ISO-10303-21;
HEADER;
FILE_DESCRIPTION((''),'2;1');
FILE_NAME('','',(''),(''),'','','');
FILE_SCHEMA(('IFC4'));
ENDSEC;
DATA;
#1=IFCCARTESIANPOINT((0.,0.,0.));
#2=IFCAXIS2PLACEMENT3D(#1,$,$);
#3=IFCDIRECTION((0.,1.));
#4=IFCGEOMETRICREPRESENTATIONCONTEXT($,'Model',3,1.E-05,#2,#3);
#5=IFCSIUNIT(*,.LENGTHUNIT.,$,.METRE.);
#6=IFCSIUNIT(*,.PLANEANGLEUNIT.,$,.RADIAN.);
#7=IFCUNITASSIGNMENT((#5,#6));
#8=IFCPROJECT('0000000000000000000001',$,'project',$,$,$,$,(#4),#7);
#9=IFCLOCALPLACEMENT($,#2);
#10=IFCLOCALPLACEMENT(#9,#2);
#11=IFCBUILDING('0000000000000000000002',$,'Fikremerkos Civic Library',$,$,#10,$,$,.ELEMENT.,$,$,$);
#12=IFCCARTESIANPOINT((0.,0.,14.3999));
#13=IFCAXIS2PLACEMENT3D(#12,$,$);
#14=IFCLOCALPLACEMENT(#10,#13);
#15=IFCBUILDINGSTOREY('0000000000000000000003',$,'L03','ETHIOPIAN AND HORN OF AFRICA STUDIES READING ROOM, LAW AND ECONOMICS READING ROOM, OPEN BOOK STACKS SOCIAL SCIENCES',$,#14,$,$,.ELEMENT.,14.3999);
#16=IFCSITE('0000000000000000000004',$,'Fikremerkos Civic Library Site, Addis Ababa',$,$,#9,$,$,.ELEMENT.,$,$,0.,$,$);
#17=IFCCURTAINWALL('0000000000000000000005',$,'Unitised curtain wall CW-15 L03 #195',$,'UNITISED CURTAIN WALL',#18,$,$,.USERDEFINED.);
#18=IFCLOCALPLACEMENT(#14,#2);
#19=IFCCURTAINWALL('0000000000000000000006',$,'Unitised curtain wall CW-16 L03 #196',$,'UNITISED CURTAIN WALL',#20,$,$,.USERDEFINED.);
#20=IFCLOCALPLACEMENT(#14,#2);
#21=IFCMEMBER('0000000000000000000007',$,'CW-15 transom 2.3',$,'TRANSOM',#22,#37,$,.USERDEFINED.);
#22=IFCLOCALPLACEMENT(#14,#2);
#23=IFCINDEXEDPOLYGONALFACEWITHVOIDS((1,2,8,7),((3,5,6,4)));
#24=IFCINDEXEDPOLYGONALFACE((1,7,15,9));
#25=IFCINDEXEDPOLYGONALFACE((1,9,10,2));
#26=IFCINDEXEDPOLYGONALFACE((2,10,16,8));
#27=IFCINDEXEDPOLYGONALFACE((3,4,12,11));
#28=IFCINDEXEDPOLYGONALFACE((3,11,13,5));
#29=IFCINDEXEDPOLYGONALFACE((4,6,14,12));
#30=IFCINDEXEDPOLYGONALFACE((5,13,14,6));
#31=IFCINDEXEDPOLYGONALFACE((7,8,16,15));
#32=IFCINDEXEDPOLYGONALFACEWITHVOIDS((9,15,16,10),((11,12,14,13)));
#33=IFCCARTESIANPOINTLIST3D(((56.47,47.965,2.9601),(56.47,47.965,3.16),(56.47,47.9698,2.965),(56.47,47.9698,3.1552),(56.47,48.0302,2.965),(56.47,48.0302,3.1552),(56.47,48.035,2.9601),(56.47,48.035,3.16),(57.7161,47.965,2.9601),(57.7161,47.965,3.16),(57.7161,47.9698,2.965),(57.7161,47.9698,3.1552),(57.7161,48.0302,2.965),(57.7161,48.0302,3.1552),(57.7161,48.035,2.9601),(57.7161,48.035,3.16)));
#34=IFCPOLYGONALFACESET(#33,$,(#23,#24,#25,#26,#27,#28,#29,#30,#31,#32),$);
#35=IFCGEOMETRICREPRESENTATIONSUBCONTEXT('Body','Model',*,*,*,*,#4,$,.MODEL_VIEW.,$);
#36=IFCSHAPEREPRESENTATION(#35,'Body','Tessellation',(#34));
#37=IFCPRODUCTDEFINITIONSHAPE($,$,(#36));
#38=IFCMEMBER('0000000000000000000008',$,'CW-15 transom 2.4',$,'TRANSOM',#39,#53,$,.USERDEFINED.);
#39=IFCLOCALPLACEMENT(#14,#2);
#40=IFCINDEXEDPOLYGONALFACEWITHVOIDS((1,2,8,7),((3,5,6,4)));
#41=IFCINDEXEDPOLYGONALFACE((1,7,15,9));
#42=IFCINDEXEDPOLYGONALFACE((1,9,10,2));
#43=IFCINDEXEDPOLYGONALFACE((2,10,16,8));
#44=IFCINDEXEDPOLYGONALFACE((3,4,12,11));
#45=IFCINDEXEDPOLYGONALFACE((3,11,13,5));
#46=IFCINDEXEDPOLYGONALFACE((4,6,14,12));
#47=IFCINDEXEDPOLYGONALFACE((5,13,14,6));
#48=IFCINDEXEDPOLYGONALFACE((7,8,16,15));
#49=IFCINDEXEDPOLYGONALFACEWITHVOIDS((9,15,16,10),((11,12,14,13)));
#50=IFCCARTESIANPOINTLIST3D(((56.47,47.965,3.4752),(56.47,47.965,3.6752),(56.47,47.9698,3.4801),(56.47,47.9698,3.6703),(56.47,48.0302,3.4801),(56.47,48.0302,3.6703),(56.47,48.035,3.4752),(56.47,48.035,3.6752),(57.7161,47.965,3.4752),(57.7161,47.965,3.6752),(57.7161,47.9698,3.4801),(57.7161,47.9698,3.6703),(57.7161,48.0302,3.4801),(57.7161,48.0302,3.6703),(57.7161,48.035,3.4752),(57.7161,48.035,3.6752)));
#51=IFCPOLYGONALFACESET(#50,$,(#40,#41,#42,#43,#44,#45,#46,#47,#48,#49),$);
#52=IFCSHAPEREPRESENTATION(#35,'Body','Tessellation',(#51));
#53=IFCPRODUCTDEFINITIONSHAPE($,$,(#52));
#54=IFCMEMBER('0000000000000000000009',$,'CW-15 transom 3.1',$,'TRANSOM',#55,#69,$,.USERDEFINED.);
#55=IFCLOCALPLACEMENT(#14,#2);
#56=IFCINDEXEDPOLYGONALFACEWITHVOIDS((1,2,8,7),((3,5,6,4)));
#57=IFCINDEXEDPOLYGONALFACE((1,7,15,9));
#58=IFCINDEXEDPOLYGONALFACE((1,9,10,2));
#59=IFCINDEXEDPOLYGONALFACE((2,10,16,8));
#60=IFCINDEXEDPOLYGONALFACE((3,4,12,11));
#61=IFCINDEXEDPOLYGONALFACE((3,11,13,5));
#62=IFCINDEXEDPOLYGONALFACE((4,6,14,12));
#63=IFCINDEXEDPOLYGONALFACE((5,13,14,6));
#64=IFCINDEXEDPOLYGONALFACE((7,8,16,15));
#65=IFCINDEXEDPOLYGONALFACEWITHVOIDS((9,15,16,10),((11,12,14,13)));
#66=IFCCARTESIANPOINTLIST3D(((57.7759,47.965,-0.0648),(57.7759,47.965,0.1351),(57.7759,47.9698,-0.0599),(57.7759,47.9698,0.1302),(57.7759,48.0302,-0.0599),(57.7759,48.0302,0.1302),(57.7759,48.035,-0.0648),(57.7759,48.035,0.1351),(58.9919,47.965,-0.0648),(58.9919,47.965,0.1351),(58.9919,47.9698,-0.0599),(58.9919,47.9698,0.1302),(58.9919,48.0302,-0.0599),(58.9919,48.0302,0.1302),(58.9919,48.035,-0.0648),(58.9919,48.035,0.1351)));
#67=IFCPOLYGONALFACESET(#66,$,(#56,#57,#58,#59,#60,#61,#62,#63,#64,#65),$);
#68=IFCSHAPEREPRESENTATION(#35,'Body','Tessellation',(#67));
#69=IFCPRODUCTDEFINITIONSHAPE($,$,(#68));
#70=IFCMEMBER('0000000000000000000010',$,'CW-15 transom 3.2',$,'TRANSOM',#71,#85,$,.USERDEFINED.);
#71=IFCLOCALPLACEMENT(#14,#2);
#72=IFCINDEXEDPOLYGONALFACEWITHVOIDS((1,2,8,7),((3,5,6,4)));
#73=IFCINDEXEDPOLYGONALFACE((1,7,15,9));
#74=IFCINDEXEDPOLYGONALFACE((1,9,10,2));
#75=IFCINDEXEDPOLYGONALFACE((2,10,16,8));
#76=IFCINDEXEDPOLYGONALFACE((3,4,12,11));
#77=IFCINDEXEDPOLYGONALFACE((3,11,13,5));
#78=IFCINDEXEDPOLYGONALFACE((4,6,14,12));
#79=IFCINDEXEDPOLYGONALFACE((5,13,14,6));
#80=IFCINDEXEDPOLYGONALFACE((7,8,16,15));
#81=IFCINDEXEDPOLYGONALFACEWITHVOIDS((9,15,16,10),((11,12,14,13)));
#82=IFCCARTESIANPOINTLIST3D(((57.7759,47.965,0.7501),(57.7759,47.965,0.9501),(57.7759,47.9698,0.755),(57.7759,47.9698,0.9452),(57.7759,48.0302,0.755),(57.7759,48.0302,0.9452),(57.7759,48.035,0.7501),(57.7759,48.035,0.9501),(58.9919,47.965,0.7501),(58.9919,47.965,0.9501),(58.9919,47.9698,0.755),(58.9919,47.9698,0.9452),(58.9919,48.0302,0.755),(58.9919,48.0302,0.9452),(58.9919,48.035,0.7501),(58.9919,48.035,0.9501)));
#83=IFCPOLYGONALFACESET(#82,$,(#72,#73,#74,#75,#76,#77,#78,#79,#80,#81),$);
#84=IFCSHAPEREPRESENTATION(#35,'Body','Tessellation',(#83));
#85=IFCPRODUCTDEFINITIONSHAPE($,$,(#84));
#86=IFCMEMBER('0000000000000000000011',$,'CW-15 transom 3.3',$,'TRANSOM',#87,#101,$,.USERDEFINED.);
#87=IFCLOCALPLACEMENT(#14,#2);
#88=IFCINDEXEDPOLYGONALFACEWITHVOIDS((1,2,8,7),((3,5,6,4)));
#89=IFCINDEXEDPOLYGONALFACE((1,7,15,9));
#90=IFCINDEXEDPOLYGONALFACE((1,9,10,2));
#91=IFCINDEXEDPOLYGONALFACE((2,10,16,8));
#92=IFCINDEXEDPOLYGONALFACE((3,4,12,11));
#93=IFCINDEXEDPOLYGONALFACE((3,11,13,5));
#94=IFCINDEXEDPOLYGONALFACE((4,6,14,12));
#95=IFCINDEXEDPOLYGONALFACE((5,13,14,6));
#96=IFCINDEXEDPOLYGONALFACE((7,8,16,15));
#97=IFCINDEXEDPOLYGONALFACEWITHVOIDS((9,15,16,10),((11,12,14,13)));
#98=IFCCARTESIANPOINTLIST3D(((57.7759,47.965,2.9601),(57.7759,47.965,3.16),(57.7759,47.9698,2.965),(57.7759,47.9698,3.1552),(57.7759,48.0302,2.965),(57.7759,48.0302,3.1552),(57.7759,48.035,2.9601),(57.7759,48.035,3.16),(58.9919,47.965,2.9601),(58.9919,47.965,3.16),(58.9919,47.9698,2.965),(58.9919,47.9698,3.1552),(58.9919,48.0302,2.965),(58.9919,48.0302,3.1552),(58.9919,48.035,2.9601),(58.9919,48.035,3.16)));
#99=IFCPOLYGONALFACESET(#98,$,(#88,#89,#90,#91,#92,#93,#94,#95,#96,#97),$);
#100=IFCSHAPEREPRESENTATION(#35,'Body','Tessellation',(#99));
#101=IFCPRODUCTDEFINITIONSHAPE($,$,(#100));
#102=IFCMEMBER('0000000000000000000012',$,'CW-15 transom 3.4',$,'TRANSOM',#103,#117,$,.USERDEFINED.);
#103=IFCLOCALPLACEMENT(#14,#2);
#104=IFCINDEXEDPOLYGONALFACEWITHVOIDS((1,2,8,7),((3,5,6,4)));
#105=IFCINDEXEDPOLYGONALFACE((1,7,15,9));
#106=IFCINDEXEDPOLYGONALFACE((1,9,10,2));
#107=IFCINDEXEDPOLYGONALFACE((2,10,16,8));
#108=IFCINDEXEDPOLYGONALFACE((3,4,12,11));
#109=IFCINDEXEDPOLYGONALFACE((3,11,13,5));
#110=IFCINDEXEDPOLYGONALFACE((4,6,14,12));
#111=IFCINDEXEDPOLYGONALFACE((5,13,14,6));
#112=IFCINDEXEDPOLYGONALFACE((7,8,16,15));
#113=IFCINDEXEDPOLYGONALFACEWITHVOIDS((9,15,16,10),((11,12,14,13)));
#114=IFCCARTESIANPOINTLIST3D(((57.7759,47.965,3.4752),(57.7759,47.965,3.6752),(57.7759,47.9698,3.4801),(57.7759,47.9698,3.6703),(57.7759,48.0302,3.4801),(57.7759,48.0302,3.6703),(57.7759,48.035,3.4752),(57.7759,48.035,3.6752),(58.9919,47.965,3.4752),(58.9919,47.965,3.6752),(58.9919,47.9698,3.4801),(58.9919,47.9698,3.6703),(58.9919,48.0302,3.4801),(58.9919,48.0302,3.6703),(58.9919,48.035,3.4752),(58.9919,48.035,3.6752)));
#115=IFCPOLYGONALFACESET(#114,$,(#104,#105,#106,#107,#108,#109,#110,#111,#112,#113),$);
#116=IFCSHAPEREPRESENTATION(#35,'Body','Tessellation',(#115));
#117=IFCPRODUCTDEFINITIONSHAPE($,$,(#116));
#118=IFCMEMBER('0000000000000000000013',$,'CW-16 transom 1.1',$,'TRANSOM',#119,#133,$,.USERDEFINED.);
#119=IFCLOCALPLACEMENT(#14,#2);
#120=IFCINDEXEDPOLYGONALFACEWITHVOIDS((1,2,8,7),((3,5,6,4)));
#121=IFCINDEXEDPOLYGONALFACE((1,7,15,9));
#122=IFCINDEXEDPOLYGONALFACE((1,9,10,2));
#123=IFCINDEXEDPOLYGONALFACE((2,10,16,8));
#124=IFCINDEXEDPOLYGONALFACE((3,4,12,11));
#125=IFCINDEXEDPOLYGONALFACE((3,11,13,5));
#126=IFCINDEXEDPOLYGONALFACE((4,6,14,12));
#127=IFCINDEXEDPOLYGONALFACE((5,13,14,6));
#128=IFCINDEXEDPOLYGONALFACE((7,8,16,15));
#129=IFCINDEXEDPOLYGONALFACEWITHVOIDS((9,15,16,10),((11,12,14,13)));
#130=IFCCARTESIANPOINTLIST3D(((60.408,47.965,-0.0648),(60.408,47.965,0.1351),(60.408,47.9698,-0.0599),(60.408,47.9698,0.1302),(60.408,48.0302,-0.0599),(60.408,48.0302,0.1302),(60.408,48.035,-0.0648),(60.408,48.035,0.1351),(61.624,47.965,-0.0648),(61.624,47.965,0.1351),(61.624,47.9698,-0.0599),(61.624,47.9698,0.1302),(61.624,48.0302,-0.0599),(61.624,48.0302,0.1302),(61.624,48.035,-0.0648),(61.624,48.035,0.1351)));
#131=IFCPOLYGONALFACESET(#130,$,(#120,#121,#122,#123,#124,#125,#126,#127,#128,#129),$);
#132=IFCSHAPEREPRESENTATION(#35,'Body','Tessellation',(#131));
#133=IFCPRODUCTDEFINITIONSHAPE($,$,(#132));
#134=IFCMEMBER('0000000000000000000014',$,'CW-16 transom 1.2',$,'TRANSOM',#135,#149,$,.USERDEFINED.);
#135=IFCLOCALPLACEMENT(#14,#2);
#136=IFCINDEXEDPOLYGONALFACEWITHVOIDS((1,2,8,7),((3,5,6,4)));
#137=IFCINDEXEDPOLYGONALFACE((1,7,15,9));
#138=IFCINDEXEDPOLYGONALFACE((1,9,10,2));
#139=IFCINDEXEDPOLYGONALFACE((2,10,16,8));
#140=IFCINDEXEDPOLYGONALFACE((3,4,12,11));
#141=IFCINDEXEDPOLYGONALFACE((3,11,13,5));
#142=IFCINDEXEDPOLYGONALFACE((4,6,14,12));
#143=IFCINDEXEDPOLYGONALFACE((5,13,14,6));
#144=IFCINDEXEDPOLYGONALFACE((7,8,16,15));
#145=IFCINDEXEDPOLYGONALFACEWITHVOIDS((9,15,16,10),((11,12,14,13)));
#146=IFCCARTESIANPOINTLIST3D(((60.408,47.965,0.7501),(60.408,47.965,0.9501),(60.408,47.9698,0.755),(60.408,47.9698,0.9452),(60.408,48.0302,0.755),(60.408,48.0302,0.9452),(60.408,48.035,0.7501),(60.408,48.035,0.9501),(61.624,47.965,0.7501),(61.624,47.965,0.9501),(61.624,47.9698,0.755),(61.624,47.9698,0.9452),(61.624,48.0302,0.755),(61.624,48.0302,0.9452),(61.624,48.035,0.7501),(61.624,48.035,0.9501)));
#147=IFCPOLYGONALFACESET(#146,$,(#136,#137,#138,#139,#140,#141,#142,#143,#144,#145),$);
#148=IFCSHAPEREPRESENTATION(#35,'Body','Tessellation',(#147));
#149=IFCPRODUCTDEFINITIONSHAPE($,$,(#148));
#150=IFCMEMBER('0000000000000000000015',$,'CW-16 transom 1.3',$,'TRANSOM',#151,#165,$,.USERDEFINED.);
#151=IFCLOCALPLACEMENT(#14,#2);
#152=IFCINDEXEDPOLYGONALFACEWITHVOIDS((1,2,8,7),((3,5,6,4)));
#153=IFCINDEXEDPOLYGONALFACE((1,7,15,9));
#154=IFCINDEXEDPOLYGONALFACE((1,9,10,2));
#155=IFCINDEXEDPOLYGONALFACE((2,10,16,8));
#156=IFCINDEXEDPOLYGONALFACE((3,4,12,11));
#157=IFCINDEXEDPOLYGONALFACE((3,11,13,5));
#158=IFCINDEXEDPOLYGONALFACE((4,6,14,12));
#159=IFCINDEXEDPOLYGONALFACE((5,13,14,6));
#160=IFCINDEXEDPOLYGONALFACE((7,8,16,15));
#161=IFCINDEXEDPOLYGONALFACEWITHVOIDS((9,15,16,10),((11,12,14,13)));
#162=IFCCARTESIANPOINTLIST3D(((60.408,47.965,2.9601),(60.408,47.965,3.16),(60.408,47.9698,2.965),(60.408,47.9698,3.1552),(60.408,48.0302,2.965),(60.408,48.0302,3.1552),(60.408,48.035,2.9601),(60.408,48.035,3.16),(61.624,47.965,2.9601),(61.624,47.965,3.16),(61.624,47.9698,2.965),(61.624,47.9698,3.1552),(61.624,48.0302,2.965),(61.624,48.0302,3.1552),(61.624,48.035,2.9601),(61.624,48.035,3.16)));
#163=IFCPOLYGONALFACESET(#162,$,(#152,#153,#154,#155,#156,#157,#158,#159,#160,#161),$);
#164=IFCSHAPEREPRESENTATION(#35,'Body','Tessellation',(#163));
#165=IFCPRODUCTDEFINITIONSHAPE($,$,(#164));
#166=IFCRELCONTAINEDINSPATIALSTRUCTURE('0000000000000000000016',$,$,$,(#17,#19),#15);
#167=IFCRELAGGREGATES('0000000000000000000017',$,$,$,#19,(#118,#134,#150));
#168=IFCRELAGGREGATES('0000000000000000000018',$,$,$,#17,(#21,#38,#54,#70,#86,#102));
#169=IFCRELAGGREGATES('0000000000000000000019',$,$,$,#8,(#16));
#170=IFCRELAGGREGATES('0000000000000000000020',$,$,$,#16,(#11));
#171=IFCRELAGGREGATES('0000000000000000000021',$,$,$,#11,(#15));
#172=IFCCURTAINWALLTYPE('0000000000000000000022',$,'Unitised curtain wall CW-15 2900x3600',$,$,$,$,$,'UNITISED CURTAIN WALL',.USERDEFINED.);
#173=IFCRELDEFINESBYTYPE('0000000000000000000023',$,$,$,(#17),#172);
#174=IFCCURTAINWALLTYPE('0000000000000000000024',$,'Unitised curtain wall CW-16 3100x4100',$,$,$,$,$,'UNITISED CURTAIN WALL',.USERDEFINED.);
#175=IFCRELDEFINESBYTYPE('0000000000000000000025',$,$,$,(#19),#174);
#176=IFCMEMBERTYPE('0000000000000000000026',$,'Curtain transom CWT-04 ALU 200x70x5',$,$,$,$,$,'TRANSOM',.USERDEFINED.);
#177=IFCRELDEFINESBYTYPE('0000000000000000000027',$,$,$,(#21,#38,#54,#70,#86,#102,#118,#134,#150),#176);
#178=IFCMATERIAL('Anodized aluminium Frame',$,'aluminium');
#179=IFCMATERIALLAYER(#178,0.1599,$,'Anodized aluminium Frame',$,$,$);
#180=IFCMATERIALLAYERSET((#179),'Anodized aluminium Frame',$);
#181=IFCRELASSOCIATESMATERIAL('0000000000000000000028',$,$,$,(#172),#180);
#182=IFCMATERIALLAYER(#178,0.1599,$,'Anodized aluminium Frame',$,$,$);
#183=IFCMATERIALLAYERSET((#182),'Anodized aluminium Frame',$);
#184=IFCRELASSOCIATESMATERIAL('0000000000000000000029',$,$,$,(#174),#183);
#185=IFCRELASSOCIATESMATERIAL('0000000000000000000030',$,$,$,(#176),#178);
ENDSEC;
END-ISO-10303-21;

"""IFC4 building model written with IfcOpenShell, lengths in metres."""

from ifc_helpers import new_model, si_unit, direction, frame, origin, origin_2d, place, context, subcontext, project, spatial, hollow_rectangle, extrude, material, layer, layer_set, material_profile, profile_set, type_object, element, aggregate, save


model = new_model("IFC4")

# Units and contexts
model_context = context("Model", 3, precision=1e-05, world=origin(), true_north=direction((0.0, 1.0)))
body_context = subcontext(model_context, "Body", "Model", "MODEL_VIEW")
ifc_project = project(units=[si_unit("LENGTHUNIT", "METRE"), si_unit("PLANEANGLEUNIT", "RADIAN")], contexts=[model_context])

# Site, building, storey
site_placement = place(None, origin())
site = spatial("IfcSite", under=ifc_project, at=site_placement, Name="Fikremerkos Civic Library Site, Addis Ababa", CompositionType="ELEMENT", RefElevation=0.0)
building_placement = place(site_placement, origin())
building = spatial("IfcBuilding", under=site, at=building_placement, Name="Fikremerkos Civic Library", CompositionType="ELEMENT")
storey_placement = place(building_placement, frame((0.0, 0.0, 14.3999)))
storey = spatial("IfcBuildingStorey", under=building, at=storey_placement, Name="L03", Description="ETHIOPIAN AND HORN OF AFRICA STUDIES READING ROOM, LAW AND ECONOMICS READING ROOM, OPEN BOOK STACKS SOCIAL SCIENCES", CompositionType="ELEMENT", Elevation=14.3999)

# Curtain wall
ifc_material_1 = material(Name="Anodized aluminium Frame", Category="aluminium")
ifc_layer_1 = layer(ifc_material_1, 0.1599, Name="Anodized aluminium Frame")
ifc_layer_set_1 = layer_set([ifc_layer_1], Name="Anodized aluminium Frame")
curtain_wall_type_1 = type_object("IfcCurtainWallType", Name="Unitised curtain wall CW-15 2900x3600", ElementType="UNITISED CURTAIN WALL", PredefinedType="USERDEFINED", material=ifc_layer_set_1)
curtain_wall_1_placement = place(storey_placement, origin())
curtain_wall_1 = element("IfcCurtainWall", 1, at=curtain_wall_1_placement, inside=storey, type_object=curtain_wall_type_1, Name="Unitised curtain wall CW-15 L03 #195", ObjectType="UNITISED CURTAIN WALL", PredefinedType="USERDEFINED")

# Curtain wall
ifc_layer_2 = layer(ifc_material_1, 0.1599, Name="Anodized aluminium Frame")
ifc_layer_set_2 = layer_set([ifc_layer_2], Name="Anodized aluminium Frame")
curtain_wall_type_2 = type_object("IfcCurtainWallType", Name="Unitised curtain wall CW-16 3100x4100", ElementType="UNITISED CURTAIN WALL", PredefinedType="USERDEFINED", material=ifc_layer_set_2)
curtain_wall_2_placement = place(storey_placement, origin())
curtain_wall_2 = element("IfcCurtainWall", 2, at=curtain_wall_2_placement, inside=storey, type_object=curtain_wall_type_2, Name="Unitised curtain wall CW-16 L03 #196", ObjectType="UNITISED CURTAIN WALL", PredefinedType="USERDEFINED")

# Members
ifc_material_profile_1 = material_profile(ifc_material_1, hollow_rectangle(XDim=0.0701, YDim=0.2, WallThickness=0.0049, at=origin_2d()), Name="ALU 200x70x5")
ifc_profile_set_1 = profile_set([ifc_material_profile_1], Name="Anodized aluminium Frame")
member_type_1 = type_object("IfcMemberType", Name="Curtain transom CWT-04 ALU 200x70x5", ElementType="TRANSOM", PredefinedType="USERDEFINED", material=ifc_profile_set_1)
member_1_placement = place(storey_placement, frame((56.47, 48.0, 3.0601), z_axis=(1.0, 0.0, 0.0), x_axis=(0.0, 1.0, 0.0)))
member_1 = element("IfcMember", 3, at=member_1_placement, type_object=member_type_1, Name="CW-15 transom 2.3", ObjectType="TRANSOM", PredefinedType="USERDEFINED", context=body_context, shape_type="SweptSolid", body=[
    extrude(hollow_rectangle(XDim=0.0701, YDim=0.2, WallThickness=0.0049, at=origin_2d()), origin(), (0.0, 0.0, 1.0), 1.2461),
])
member_2_placement = place(storey_placement, frame((56.47, 48.0, 3.5752), z_axis=(1.0, 0.0, 0.0), x_axis=(0.0, 1.0, 0.0)))
member_2 = element("IfcMember", 4, at=member_2_placement, type_object=member_type_1, Name="CW-15 transom 2.4", ObjectType="TRANSOM", PredefinedType="USERDEFINED", context=body_context, shape_type="SweptSolid", body=[
    extrude(hollow_rectangle(XDim=0.0701, YDim=0.2, WallThickness=0.0049, at=origin_2d()), origin(), (0.0, 0.0, 1.0), 1.2461),
])
member_3_placement = place(storey_placement, frame((57.7759, 48.0, 0.0352), z_axis=(1.0, 0.0, 0.0), x_axis=(0.0, 1.0, 0.0)))
member_3 = element("IfcMember", 5, at=member_3_placement, type_object=member_type_1, Name="CW-15 transom 3.1", ObjectType="TRANSOM", PredefinedType="USERDEFINED", context=body_context, shape_type="SweptSolid", body=[
    extrude(hollow_rectangle(XDim=0.0701, YDim=0.2, WallThickness=0.0049, at=origin_2d()), origin(), (0.0, 0.0, 1.0), 1.2161),
])
member_4_placement = place(storey_placement, frame((57.7759, 48.0, 0.8501), z_axis=(1.0, 0.0, 0.0), x_axis=(0.0, 1.0, 0.0)))
member_4 = element("IfcMember", 6, at=member_4_placement, type_object=member_type_1, Name="CW-15 transom 3.2", ObjectType="TRANSOM", PredefinedType="USERDEFINED", context=body_context, shape_type="SweptSolid", body=[
    extrude(hollow_rectangle(XDim=0.0701, YDim=0.2, WallThickness=0.0049, at=origin_2d()), origin(), (0.0, 0.0, 1.0), 1.2161),
])
member_5_placement = place(storey_placement, frame((57.7759, 48.0, 3.0601), z_axis=(1.0, 0.0, 0.0), x_axis=(0.0, 1.0, 0.0)))
member_5 = element("IfcMember", 7, at=member_5_placement, type_object=member_type_1, Name="CW-15 transom 3.3", ObjectType="TRANSOM", PredefinedType="USERDEFINED", context=body_context, shape_type="SweptSolid", body=[
    extrude(hollow_rectangle(XDim=0.0701, YDim=0.2, WallThickness=0.0049, at=origin_2d()), origin(), (0.0, 0.0, 1.0), 1.2161),
])
member_6_placement = place(storey_placement, frame((57.7759, 48.0, 3.5752), z_axis=(1.0, 0.0, 0.0), x_axis=(0.0, 1.0, 0.0)))
member_6 = element("IfcMember", 8, at=member_6_placement, type_object=member_type_1, Name="CW-15 transom 3.4", ObjectType="TRANSOM", PredefinedType="USERDEFINED", context=body_context, shape_type="SweptSolid", body=[
    extrude(hollow_rectangle(XDim=0.0701, YDim=0.2, WallThickness=0.0049, at=origin_2d()), origin(), (0.0, 0.0, 1.0), 1.2161),
])
member_7_placement = place(storey_placement, frame((60.408, 48.0, 0.0352), z_axis=(1.0, 0.0, 0.0), x_axis=(0.0, 1.0, 0.0)))
member_7 = element("IfcMember", 9, at=member_7_placement, type_object=member_type_1, Name="CW-16 transom 1.1", ObjectType="TRANSOM", PredefinedType="USERDEFINED", context=body_context, shape_type="SweptSolid", body=[
    extrude(hollow_rectangle(XDim=0.0701, YDim=0.2, WallThickness=0.0049, at=origin_2d()), origin(), (0.0, 0.0, 1.0), 1.2161),
])
member_8_placement = place(storey_placement, frame((60.408, 48.0, 0.8501), z_axis=(1.0, 0.0, 0.0), x_axis=(0.0, 1.0, 0.0)))
member_8 = element("IfcMember", 10, at=member_8_placement, type_object=member_type_1, Name="CW-16 transom 1.2", ObjectType="TRANSOM", PredefinedType="USERDEFINED", context=body_context, shape_type="SweptSolid", body=[
    extrude(hollow_rectangle(XDim=0.0701, YDim=0.2, WallThickness=0.0049, at=origin_2d()), origin(), (0.0, 0.0, 1.0), 1.2161),
])
member_9_placement = place(storey_placement, frame((60.408, 48.0, 3.0601), z_axis=(1.0, 0.0, 0.0), x_axis=(0.0, 1.0, 0.0)))
member_9 = element("IfcMember", 11, at=member_9_placement, type_object=member_type_1, Name="CW-16 transom 1.3", ObjectType="TRANSOM", PredefinedType="USERDEFINED", context=body_context, shape_type="SweptSolid", body=[
    extrude(hollow_rectangle(XDim=0.0701, YDim=0.2, WallThickness=0.0049, at=origin_2d()), origin(), (0.0, 0.0, 1.0), 1.2161),
])
aggregate(curtain_wall_2, [member_7, member_8, member_9])

aggregate(curtain_wall_1, [member_1, member_2, member_3, member_4, member_5, member_6])

save(model, "model.ifc")
